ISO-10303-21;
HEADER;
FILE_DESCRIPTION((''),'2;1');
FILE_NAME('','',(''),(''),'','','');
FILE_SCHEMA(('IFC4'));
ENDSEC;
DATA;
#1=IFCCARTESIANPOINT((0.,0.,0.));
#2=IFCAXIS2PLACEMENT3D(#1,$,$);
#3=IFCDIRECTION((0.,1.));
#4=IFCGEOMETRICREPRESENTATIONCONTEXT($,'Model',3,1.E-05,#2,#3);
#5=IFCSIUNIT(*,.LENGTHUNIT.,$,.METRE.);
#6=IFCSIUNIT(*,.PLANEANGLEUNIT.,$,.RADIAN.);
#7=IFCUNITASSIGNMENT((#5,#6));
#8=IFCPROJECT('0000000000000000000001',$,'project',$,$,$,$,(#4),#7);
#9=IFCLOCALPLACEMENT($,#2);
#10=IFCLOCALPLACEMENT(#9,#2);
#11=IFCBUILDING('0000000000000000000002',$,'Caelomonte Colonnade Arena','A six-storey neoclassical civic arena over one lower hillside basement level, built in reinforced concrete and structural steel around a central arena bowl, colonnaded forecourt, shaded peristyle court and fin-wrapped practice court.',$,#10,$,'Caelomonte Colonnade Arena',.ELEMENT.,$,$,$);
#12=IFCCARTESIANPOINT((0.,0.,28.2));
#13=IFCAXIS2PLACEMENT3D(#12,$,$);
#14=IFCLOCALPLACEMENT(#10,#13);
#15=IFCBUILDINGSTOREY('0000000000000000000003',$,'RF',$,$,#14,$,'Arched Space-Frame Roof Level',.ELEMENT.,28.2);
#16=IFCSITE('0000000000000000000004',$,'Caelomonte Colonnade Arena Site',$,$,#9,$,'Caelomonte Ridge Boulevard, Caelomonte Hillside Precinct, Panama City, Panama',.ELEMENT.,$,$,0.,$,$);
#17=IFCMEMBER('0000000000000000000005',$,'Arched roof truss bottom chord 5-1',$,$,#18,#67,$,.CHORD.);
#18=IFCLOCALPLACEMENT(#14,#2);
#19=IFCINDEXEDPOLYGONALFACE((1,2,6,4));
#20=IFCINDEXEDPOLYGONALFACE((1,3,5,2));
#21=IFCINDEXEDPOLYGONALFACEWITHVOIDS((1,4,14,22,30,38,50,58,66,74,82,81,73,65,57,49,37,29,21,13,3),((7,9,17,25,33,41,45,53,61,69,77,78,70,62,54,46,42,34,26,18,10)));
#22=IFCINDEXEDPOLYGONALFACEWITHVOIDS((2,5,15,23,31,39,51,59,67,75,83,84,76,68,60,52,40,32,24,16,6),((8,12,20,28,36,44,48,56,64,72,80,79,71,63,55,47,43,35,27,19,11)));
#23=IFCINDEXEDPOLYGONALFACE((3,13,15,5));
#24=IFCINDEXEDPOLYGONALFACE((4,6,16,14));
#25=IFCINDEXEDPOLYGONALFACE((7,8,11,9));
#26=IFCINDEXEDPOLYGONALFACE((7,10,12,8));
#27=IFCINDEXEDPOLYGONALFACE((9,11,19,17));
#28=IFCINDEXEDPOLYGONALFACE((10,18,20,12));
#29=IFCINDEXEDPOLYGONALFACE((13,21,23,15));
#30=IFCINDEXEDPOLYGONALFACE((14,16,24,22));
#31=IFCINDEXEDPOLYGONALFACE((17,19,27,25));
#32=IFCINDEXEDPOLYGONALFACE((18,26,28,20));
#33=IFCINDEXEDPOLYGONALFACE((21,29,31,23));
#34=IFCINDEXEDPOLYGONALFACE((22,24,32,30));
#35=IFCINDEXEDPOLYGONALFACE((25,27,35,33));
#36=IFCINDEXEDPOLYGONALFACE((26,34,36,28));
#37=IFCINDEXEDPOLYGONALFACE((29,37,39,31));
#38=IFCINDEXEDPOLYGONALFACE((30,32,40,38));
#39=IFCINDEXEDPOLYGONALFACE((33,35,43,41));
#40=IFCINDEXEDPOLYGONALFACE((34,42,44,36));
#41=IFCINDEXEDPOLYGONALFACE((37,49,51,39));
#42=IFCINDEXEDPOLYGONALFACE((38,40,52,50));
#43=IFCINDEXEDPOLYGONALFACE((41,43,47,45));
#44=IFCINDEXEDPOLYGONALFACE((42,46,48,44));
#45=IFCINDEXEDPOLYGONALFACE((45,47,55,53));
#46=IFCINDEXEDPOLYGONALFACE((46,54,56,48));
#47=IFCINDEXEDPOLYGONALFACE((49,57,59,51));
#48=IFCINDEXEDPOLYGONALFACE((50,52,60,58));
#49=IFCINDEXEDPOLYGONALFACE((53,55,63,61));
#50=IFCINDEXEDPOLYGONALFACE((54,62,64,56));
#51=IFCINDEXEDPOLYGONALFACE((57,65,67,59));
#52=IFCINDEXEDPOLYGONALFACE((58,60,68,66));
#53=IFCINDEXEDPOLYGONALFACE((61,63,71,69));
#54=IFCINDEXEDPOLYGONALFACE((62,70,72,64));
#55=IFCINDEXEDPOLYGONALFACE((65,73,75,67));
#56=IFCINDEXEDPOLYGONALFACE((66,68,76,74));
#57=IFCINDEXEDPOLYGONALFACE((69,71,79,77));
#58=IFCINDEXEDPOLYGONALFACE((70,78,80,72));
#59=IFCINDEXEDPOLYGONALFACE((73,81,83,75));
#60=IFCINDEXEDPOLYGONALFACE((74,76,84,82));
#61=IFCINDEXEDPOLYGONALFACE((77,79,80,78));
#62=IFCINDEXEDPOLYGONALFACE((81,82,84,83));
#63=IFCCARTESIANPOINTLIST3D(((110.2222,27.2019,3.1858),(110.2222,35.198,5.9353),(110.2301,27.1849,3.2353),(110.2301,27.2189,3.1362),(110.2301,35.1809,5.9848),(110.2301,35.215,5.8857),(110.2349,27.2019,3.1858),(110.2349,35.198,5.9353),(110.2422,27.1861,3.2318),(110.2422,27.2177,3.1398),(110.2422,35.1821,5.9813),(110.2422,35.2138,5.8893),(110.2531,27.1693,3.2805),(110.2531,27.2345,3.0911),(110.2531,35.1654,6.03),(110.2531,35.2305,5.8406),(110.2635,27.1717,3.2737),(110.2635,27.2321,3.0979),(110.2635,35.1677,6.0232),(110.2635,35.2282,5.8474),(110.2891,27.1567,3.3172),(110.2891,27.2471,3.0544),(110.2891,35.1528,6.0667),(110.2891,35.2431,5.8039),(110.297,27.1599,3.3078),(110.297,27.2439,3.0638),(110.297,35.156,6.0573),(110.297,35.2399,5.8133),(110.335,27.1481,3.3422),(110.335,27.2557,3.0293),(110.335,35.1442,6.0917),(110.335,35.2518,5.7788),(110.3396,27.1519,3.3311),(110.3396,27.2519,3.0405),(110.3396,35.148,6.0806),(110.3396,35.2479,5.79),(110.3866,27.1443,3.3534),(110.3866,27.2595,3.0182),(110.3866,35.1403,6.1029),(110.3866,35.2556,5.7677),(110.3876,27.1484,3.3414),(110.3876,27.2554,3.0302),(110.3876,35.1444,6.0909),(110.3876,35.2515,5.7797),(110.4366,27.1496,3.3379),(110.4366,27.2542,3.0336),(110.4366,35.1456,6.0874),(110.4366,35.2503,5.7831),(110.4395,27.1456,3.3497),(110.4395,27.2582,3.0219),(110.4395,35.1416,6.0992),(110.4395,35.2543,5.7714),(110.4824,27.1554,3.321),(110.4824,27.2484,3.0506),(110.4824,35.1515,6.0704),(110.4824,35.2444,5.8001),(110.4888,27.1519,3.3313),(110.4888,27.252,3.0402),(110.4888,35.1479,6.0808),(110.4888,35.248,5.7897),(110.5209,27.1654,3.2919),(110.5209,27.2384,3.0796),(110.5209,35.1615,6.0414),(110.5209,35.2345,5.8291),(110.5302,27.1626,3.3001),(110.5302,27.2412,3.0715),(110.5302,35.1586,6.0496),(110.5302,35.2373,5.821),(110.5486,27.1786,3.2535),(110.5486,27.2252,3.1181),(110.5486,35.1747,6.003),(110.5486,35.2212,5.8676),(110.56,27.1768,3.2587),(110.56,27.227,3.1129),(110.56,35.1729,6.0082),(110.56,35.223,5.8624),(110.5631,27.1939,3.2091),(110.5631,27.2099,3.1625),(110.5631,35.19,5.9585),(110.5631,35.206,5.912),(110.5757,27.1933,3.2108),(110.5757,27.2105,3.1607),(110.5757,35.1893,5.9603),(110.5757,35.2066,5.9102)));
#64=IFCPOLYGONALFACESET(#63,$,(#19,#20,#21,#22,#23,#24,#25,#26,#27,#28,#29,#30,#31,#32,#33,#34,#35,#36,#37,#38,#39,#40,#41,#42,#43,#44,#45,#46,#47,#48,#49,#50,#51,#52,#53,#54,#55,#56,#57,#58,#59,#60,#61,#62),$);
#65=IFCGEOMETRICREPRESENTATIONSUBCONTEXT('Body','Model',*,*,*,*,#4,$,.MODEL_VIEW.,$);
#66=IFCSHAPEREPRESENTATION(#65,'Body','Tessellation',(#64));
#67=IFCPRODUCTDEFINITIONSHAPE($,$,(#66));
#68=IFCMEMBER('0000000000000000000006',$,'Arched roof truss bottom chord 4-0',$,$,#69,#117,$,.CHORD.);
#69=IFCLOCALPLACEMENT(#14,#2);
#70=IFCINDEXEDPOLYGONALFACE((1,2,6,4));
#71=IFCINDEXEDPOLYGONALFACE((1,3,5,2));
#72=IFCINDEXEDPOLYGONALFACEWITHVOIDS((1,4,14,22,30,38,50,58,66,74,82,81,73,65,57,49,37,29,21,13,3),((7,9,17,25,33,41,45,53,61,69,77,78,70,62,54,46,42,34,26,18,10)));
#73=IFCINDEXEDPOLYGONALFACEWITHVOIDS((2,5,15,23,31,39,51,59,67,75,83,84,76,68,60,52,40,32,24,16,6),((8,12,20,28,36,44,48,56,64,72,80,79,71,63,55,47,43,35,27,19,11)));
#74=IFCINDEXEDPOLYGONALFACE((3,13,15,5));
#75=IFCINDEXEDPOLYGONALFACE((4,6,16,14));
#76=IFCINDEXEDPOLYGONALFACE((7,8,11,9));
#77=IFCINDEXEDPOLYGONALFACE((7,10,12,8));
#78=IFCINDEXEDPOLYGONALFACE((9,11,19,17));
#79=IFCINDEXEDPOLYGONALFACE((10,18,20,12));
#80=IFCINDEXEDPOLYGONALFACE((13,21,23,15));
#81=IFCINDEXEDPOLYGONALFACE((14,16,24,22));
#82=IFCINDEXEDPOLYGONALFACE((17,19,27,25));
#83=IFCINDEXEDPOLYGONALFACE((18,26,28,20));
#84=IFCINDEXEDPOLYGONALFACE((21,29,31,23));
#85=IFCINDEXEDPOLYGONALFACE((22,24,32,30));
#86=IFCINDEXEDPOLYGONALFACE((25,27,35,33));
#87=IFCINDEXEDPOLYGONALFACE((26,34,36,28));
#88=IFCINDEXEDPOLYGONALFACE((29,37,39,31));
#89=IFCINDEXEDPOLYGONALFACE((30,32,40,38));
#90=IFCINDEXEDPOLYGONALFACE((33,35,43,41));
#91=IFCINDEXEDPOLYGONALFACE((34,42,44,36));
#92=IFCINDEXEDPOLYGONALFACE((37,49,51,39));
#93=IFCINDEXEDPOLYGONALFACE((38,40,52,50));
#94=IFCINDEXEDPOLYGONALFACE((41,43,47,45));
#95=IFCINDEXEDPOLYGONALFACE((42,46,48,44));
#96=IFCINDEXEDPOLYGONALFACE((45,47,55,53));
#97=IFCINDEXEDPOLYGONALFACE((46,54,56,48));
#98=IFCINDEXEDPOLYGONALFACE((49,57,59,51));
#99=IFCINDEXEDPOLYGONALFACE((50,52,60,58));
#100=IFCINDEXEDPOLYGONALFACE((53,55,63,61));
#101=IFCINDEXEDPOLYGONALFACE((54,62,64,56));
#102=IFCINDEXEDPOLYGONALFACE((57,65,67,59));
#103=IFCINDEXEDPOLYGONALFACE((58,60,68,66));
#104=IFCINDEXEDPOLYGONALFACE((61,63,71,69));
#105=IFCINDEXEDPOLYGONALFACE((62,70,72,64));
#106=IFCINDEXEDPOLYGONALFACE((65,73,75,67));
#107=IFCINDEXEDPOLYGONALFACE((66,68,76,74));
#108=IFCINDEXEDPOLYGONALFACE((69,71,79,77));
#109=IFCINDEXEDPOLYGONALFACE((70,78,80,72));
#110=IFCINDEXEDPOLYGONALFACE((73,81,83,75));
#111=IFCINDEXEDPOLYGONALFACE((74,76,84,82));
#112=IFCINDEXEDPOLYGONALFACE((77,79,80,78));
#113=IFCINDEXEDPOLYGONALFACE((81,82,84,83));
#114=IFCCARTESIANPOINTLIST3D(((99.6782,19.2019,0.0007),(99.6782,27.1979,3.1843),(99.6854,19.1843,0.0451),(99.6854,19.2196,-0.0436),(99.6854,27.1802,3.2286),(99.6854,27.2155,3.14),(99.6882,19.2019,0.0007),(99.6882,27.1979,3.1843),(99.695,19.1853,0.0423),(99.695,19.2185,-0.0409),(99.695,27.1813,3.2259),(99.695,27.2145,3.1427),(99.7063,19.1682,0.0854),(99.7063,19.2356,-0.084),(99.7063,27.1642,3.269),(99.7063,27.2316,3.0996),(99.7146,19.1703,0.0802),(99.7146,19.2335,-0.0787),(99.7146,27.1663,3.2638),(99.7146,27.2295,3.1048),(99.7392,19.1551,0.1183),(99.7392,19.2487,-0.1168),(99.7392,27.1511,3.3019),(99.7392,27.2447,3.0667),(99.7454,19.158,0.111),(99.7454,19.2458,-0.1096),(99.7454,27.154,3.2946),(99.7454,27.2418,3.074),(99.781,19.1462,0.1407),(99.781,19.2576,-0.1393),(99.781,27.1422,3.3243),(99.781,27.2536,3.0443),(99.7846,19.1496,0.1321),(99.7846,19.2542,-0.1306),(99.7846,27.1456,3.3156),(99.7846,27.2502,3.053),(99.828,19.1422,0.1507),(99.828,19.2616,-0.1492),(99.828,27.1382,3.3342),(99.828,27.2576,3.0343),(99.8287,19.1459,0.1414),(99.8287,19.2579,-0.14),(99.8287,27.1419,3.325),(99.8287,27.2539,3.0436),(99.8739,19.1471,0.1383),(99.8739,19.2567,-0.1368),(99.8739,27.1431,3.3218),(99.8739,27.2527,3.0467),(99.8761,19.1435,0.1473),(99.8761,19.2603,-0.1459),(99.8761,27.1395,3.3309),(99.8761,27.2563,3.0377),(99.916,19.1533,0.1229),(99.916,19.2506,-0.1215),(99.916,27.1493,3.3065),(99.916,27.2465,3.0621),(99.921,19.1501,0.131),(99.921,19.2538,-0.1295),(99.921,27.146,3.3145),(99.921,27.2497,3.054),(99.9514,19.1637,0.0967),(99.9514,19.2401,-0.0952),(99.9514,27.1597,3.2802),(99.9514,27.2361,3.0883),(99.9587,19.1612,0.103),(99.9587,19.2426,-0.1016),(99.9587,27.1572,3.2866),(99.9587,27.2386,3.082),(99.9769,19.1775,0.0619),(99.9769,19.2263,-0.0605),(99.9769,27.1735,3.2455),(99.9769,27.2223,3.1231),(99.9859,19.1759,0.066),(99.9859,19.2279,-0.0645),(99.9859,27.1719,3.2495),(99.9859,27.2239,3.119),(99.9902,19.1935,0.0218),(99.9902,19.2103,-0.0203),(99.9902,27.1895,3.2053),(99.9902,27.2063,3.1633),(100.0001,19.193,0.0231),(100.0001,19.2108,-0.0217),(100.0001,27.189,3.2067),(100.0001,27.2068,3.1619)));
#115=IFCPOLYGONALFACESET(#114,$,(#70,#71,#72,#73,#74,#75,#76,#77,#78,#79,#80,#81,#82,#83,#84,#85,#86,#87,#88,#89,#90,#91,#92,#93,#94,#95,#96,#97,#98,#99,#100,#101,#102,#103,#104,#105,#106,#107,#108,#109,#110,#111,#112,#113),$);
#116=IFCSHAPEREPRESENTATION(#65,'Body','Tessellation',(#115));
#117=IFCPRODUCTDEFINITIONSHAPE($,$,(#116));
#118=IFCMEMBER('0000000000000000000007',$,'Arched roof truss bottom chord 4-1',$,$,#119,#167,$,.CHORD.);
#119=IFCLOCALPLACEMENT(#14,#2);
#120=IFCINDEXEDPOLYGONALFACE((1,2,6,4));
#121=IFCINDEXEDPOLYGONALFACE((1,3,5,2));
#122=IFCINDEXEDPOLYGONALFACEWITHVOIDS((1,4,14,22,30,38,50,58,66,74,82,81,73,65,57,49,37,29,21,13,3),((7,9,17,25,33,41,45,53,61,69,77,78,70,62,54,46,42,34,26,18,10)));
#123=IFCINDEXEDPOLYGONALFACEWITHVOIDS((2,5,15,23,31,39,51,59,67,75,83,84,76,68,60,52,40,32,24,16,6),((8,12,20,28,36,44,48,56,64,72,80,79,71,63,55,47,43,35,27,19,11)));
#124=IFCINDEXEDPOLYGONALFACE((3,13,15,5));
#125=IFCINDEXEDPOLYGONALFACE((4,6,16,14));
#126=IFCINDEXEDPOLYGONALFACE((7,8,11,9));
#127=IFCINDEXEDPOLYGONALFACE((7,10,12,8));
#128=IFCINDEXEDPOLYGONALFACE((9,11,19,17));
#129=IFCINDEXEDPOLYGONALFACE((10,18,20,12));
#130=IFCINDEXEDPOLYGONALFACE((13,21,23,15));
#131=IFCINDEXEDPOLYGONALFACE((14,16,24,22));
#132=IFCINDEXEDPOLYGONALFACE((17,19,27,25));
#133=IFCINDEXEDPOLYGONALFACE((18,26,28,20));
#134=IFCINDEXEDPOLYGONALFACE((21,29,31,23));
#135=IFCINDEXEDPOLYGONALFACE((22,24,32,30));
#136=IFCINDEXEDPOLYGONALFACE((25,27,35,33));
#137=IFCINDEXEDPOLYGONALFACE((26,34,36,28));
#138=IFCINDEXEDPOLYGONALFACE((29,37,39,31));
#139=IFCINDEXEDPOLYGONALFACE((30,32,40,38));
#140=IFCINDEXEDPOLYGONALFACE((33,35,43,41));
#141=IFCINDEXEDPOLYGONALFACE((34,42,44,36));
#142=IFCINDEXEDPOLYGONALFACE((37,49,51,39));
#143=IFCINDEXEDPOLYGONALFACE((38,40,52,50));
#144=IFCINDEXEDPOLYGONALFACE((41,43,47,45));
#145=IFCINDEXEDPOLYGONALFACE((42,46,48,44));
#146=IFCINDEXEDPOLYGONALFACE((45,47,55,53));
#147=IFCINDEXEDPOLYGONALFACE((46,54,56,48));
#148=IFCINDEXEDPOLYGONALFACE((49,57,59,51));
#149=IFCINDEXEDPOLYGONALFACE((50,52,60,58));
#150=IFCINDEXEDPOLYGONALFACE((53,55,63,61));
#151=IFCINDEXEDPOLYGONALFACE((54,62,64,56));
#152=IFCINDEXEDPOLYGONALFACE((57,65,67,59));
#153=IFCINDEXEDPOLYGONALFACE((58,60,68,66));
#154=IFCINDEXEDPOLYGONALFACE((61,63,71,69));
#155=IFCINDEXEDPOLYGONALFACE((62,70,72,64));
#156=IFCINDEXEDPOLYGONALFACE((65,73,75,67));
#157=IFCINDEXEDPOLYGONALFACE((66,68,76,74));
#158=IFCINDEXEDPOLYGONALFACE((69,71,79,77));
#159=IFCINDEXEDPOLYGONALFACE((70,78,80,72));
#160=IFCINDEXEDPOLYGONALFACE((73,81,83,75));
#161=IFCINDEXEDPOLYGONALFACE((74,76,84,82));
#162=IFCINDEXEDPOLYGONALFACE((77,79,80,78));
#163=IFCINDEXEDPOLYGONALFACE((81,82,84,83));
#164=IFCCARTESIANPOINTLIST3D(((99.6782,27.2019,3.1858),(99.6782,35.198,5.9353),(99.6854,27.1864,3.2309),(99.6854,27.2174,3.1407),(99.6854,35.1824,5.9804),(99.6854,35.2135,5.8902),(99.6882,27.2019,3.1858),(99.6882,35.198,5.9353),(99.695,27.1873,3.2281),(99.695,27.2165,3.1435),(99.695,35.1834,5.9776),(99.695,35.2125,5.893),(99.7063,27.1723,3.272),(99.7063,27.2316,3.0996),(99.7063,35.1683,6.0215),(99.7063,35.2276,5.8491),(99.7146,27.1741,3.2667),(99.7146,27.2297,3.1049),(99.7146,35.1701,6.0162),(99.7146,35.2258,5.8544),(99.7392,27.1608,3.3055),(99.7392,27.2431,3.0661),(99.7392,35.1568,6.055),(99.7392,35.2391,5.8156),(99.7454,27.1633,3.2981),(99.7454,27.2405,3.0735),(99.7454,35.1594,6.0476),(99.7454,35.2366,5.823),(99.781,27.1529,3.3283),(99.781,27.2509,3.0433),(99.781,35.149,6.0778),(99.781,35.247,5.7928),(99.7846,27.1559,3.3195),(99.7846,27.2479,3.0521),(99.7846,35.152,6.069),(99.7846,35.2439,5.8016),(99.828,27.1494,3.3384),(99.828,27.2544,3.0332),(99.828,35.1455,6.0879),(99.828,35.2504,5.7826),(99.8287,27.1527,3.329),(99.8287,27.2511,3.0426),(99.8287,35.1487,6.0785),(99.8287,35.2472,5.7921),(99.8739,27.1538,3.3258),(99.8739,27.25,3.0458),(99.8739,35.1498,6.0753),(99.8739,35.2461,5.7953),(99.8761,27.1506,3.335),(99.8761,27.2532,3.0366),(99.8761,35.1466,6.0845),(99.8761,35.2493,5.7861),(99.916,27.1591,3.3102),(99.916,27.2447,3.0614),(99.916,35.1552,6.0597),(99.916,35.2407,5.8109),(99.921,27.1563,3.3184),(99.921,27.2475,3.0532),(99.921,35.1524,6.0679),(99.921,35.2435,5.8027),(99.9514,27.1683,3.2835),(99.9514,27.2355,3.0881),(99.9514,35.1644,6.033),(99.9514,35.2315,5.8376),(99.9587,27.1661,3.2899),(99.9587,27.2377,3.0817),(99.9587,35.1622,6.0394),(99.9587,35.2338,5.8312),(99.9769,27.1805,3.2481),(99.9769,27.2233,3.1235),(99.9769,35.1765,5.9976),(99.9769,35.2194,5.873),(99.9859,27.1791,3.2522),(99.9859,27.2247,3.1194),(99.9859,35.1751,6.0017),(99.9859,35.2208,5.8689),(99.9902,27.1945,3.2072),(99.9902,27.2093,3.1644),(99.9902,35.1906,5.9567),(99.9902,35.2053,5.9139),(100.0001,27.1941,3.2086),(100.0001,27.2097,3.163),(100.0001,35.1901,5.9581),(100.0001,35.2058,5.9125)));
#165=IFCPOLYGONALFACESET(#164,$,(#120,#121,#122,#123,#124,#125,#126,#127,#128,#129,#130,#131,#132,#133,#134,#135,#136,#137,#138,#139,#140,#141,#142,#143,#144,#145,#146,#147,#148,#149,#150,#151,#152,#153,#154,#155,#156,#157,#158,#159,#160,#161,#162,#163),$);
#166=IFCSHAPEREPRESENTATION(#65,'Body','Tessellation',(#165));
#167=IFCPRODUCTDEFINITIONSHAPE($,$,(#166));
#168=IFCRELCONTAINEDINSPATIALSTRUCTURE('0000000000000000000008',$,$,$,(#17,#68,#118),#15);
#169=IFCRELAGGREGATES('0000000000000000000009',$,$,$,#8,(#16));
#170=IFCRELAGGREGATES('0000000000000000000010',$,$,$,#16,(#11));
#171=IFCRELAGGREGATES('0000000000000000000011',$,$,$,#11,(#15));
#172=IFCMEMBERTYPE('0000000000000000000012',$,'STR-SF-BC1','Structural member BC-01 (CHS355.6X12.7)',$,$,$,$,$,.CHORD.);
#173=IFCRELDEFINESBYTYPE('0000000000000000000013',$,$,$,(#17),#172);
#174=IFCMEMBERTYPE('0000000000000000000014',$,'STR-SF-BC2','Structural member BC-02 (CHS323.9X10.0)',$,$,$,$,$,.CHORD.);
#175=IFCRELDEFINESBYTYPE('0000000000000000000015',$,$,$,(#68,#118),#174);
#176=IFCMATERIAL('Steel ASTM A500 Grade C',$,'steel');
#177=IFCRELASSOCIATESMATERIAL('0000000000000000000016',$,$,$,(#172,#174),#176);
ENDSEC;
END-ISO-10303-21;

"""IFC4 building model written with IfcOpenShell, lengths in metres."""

from ifc_helpers import new_model, si_unit, direction, frame, origin, origin_2d, place, context, subcontext, project, spatial, hollow_circle, extrude, material, material_profile, profile_set, type_object, element, save


model = new_model("IFC4")

# Units and contexts
model_context = context("Model", 3, precision=1e-05, world=origin(), true_north=direction((0.0, 1.0)))
body_context = subcontext(model_context, "Body", "Model", "MODEL_VIEW")
ifc_project = project(units=[si_unit("LENGTHUNIT", "METRE"), si_unit("PLANEANGLEUNIT", "RADIAN")], contexts=[model_context])

# Site, building, storey
site_placement = place(None, origin())
site = spatial("IfcSite", under=ifc_project, at=site_placement, Name="Caelomonte Colonnade Arena Site", LongName="Caelomonte Ridge Boulevard, Caelomonte Hillside Precinct, Panama City, Panama", CompositionType="ELEMENT", RefElevation=0.0)
building_placement = place(site_placement, origin())
building = spatial("IfcBuilding", under=site, at=building_placement, Name="Caelomonte Colonnade Arena", Description="A six-storey neoclassical civic arena over one lower hillside basement level, built in reinforced concrete and structural steel around a central arena bowl, colonnaded forecourt, shaded peristyle court and fin-wrapped practice court.", LongName="Caelomonte Colonnade Arena", CompositionType="ELEMENT")
storey_placement = place(building_placement, frame((0.0, 0.0, 28.2)))
storey = spatial("IfcBuildingStorey", under=building, at=storey_placement, Name="RF", LongName="Arched Space-Frame Roof Level", CompositionType="ELEMENT", Elevation=28.2)

# Members
ifc_material_1 = material(Name="Steel ASTM A500 Grade C", Category="steel")
ifc_material_profile_1 = material_profile(ifc_material_1, hollow_circle(Radius=0.1777, WallThickness=0.0127, at=origin_2d()), Name="CHS355.6X12.7")
ifc_profile_set_1 = profile_set([ifc_material_profile_1], Name="Steel ASTM A500 Grade C")
member_type_1 = type_object("IfcMemberType", Name="STR-SF-BC1", Description="Structural member BC-01 (CHS355.6X12.7)", PredefinedType="CHORD", material=ifc_profile_set_1)
member_1_placement = place(storey_placement, frame((110.3999, 27.2019, 3.1858), z_axis=(0.0, 0.945656, 0.32517), x_axis=(-1.0, 0.0, 0.0)))
element("IfcMember", 1, at=member_1_placement, inside=storey, type_object=member_type_1, Name="Arched roof truss bottom chord 5-1", PredefinedType="CHORD", context=body_context, shape_type="SweptSolid", body=[
    extrude(hollow_circle(Radius=0.1777, WallThickness=0.0127, at=origin_2d()), origin(), (0.0, 0.0, 1.0), 8.4556),
])
ifc_material_profile_2 = material_profile(ifc_material_1, hollow_circle(Radius=0.1619, WallThickness=0.01, at=origin_2d()), Name="CHS323.9X10.0")
ifc_profile_set_2 = profile_set([ifc_material_profile_2], Name="Steel ASTM A500 Grade C")
member_type_2 = type_object("IfcMemberType", Name="STR-SF-BC2", Description="Structural member BC-02 (CHS323.9X10.0)", PredefinedType="CHORD", material=ifc_profile_set_2)
member_2_placement = place(storey_placement, frame((99.8401, 19.2019, 0.0007), z_axis=(0.0, 0.92907, 0.369903), x_axis=(-1.0, 0.0, 0.0)))
element("IfcMember", 2, at=member_2_placement, inside=storey, type_object=member_type_2, Name="Arched roof truss bottom chord 4-0", PredefinedType="CHORD", context=body_context, shape_type="SweptSolid", body=[
    extrude(hollow_circle(Radius=0.1619, WallThickness=0.01, at=origin_2d()), origin(), (0.0, 0.0, 1.0), 8.6064),
])
member_3_placement = place(storey_placement, frame((99.8401, 27.2019, 3.1858), z_axis=(0.0, 0.945656, 0.32517), x_axis=(-1.0, 0.0, 0.0)))
element("IfcMember", 3, at=member_3_placement, inside=storey, type_object=member_type_2, Name="Arched roof truss bottom chord 4-1", PredefinedType="CHORD", context=body_context, shape_type="SweptSolid", body=[
    extrude(hollow_circle(Radius=0.1619, WallThickness=0.01, at=origin_2d()), origin(), (0.0, 0.0, 1.0), 8.4556),
])

save(model, "model.ifc")
